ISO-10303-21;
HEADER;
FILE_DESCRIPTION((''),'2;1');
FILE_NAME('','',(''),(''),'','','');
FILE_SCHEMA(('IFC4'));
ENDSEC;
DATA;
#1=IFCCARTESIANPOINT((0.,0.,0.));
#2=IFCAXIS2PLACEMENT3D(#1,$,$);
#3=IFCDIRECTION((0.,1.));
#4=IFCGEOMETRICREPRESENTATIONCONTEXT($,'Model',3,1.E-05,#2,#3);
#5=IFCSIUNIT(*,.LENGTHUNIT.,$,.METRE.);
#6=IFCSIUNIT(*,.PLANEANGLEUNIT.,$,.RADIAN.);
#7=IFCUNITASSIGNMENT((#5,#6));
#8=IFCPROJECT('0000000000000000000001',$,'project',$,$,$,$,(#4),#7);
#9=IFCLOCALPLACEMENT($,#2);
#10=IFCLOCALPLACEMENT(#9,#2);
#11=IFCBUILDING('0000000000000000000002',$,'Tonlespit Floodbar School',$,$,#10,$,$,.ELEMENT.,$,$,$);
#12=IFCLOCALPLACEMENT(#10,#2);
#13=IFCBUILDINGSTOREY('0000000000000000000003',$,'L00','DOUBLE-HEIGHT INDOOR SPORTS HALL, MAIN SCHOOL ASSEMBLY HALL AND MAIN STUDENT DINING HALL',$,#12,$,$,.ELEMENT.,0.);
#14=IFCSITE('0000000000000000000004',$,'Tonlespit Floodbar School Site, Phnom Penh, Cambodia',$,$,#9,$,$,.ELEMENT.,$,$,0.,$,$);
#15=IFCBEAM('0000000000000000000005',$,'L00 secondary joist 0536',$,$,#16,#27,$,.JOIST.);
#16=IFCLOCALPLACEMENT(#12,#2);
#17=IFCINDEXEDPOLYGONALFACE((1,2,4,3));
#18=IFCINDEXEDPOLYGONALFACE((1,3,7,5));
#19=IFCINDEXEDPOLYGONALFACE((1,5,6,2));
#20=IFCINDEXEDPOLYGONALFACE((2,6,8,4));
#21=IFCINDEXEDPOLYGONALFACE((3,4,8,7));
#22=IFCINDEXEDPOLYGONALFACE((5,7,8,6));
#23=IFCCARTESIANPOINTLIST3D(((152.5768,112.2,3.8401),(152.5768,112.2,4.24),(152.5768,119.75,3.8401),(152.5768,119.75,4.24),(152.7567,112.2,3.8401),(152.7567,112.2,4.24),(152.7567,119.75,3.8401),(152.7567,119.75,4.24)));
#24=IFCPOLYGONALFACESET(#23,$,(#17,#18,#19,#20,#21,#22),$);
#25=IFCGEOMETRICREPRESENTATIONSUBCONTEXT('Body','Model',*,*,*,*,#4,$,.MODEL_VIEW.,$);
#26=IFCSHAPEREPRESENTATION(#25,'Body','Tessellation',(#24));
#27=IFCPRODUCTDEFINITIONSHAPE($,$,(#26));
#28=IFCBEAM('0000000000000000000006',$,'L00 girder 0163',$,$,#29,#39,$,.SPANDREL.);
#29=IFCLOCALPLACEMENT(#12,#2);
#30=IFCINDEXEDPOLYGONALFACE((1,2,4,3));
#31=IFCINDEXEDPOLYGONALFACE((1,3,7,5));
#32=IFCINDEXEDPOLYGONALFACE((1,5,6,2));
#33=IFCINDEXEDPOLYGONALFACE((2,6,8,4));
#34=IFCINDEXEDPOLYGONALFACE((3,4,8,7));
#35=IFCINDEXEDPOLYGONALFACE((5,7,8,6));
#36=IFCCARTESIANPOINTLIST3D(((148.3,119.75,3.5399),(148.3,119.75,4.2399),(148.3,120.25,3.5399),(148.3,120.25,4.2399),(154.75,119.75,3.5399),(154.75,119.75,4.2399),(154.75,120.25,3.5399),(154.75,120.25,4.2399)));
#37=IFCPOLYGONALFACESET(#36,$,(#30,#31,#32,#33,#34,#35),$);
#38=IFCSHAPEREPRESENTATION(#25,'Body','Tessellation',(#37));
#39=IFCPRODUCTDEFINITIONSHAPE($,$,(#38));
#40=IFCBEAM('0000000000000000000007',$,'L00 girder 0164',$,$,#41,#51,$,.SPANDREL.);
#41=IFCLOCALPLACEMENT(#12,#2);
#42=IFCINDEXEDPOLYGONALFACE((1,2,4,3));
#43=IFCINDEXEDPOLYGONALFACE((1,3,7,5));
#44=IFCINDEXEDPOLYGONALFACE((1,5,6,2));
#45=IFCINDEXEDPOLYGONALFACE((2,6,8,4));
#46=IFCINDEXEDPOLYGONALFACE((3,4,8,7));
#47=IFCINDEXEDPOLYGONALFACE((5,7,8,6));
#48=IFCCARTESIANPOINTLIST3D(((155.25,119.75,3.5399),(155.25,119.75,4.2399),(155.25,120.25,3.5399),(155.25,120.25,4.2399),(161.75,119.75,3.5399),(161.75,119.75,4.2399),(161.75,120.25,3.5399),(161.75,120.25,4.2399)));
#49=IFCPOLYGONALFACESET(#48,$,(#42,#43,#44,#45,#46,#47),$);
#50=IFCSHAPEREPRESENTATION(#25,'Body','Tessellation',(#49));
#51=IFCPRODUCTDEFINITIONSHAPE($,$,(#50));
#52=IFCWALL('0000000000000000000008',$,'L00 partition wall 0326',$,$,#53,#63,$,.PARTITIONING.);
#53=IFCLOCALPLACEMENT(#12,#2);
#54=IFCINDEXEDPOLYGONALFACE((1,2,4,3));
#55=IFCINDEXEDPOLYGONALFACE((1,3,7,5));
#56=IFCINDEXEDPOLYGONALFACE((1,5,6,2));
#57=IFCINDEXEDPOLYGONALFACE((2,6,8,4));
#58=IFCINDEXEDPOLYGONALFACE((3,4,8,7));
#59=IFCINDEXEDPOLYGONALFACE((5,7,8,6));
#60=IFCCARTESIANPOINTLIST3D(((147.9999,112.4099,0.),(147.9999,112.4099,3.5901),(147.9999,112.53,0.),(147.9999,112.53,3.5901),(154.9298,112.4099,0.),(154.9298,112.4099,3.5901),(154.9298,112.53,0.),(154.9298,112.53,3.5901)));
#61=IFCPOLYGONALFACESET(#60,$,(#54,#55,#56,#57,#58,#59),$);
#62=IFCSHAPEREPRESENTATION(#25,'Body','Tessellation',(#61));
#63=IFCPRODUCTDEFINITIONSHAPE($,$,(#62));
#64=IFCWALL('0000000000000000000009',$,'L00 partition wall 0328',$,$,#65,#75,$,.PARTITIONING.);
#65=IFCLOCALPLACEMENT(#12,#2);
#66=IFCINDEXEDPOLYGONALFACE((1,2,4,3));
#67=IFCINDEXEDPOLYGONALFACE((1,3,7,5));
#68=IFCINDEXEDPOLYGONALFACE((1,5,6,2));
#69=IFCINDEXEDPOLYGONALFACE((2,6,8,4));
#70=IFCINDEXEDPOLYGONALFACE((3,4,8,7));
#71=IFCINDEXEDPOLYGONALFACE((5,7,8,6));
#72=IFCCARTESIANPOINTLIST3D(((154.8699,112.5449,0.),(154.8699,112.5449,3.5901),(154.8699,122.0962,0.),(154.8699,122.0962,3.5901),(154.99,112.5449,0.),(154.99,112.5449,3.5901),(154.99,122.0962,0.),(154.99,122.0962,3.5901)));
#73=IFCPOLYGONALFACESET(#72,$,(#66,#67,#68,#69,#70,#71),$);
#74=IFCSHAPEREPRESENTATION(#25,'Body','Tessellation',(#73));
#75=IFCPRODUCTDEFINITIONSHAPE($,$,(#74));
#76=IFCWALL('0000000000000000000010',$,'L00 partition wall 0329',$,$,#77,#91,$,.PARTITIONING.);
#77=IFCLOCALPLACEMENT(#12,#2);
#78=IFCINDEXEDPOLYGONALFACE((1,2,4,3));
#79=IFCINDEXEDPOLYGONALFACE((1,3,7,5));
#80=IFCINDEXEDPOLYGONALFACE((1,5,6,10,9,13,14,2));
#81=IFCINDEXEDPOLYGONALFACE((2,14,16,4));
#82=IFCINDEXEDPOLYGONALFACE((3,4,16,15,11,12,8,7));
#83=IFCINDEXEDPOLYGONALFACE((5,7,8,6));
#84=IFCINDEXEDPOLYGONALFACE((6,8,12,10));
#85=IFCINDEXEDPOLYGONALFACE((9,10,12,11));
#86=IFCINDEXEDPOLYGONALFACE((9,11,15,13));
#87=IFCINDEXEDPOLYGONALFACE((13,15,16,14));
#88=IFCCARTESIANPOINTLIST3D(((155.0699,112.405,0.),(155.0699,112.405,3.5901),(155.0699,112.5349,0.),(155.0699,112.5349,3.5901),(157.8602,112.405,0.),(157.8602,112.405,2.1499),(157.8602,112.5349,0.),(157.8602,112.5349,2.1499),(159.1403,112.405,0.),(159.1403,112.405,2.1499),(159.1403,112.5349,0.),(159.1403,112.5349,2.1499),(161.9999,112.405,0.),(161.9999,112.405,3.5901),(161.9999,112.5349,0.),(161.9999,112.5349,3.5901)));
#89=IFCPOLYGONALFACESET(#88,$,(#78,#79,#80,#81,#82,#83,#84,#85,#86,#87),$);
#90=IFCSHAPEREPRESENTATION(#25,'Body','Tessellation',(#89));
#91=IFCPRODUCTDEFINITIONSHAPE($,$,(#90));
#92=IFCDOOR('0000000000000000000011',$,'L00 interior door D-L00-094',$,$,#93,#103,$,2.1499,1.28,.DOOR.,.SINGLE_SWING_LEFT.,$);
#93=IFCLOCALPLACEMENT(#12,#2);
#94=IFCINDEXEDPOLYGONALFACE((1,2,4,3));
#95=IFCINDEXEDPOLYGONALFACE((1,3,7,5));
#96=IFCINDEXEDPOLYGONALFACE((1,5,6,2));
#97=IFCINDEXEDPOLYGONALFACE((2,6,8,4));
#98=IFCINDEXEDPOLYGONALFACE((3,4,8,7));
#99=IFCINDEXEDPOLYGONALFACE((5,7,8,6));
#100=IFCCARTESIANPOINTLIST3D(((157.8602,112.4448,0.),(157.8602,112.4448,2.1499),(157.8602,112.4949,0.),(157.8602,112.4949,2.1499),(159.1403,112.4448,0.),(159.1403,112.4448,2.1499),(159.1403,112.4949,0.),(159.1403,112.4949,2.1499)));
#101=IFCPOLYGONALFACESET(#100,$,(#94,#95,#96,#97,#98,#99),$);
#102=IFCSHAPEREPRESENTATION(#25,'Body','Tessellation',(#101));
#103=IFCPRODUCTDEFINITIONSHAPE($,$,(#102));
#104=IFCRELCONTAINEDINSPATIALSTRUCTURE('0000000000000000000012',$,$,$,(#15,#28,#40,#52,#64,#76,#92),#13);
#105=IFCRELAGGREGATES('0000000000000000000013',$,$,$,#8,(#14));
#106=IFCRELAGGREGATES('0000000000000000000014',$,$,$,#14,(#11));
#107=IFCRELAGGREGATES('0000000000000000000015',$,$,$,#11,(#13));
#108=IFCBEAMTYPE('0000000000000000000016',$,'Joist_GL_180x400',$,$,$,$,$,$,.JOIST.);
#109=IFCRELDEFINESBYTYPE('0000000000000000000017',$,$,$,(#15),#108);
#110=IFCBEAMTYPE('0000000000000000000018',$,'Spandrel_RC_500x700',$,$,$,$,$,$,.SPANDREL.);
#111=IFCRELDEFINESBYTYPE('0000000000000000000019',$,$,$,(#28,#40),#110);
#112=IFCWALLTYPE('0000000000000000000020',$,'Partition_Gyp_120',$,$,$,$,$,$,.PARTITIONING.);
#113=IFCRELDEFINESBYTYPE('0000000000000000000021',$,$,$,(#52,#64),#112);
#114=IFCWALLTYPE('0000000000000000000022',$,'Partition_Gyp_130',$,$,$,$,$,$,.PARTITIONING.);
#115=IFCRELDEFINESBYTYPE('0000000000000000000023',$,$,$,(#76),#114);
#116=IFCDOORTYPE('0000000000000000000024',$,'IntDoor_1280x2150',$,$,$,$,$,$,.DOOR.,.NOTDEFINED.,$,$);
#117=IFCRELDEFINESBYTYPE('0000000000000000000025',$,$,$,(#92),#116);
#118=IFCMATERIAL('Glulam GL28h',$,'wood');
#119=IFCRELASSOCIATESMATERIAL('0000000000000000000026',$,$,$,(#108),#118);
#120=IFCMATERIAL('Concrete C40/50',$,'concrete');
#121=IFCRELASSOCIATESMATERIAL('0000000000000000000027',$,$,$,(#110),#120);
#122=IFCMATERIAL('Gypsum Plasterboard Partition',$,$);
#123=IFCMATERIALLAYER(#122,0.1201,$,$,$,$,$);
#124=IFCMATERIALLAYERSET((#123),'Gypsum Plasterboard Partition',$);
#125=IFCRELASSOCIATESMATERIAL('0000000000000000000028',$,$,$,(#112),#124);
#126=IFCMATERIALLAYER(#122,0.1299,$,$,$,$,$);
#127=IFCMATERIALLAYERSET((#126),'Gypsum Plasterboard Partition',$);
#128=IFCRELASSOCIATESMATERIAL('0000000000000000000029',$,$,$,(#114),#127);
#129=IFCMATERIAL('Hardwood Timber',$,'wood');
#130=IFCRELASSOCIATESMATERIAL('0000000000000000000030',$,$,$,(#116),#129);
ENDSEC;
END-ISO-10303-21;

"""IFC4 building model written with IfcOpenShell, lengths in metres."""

from ifc_helpers import new_model, si_unit, direction, frame, frame_2d, origin, origin_2d, place, context, subcontext, project, spatial, rectangle, extrude, material, layer, layer_set, material_profile, profile_set, type_object, element, fill, save


model = new_model("IFC4")

# Units and contexts
model_context = context("Model", 3, precision=1e-05, world=origin(), true_north=direction((0.0, 1.0)))
body_context = subcontext(model_context, "Body", "Model", "MODEL_VIEW")
ifc_project = project(units=[si_unit("LENGTHUNIT", "METRE"), si_unit("PLANEANGLEUNIT", "RADIAN")], contexts=[model_context])

# Site, building, storey
site_placement = place(None, origin())
site = spatial("IfcSite", under=ifc_project, at=site_placement, Name="Tonlespit Floodbar School Site, Phnom Penh, Cambodia", CompositionType="ELEMENT", RefElevation=0.0)
building_placement = place(site_placement, origin())
building = spatial("IfcBuilding", under=site, at=building_placement, Name="Tonlespit Floodbar School", CompositionType="ELEMENT")
storey_placement = place(building_placement, origin())
storey = spatial("IfcBuildingStorey", under=building, at=storey_placement, Name="L00", Description="DOUBLE-HEIGHT INDOOR SPORTS HALL, MAIN SCHOOL ASSEMBLY HALL AND MAIN STUDENT DINING HALL", CompositionType="ELEMENT", Elevation=0.0)

# Shared definitions
ifc_material_1 = material(Name="Concrete C40/50", Category="concrete")

# Beams
ifc_material_2 = material(Name="Glulam GL28h", Category="wood")
ifc_material_profile_1 = material_profile(ifc_material_2, rectangle(XDim=0.1799, YDim=0.3999, at=origin_2d()), Name="GL 180x400")
ifc_profile_set_1 = profile_set([ifc_material_profile_1], Name="Glulam GL28h")
beam_type_1 = type_object("IfcBeamType", Name="Joist_GL_180x400", PredefinedType="JOIST", material=ifc_profile_set_1)
for number, where, z_axis, x_axis, name in (
    (1, (152.6667, 112.2, 4.04), (0.0, 1.0, 0.0), (-1.0, 0.0, 0.0), "L00 secondary joist 0536"),
):
    element("IfcBeam", number, at=place(storey_placement, frame(where, z_axis=z_axis, x_axis=x_axis)), inside=storey, type_object=beam_type_1, Name=name, PredefinedType="JOIST", context=body_context, shape_type="SweptSolid", body=[
        extrude(rectangle(XDim=0.1799, YDim=0.3999, at=origin_2d()), origin(), (0.0, 0.0, 1.0), 7.55),
    ])
ifc_material_profile_2 = material_profile(ifc_material_1, rectangle(XDim=0.5, YDim=0.7, at=origin_2d()), Name="RC 500x700")
ifc_profile_set_2 = profile_set([ifc_material_profile_2], Name="Concrete C40/50")
beam_type_2 = type_object("IfcBeamType", Name="Spandrel_RC_500x700", PredefinedType="SPANDREL", material=ifc_profile_set_2)
beam_1_placement = place(storey_placement, frame((148.3, 120.0, 3.8899), z_axis=(1.0, 0.0, 0.0), x_axis=(0.0, 1.0, 0.0)))
element("IfcBeam", 2, at=beam_1_placement, inside=storey, type_object=beam_type_2, Name="L00 girder 0163", PredefinedType="SPANDREL", context=body_context, shape_type="SweptSolid", body=[
    extrude(rectangle(XDim=0.5, YDim=0.7, at=origin_2d()), origin(), (0.0, 0.0, 1.0), 6.45),
])
beam_2_placement = place(storey_placement, frame((155.25, 120.0, 3.8899), z_axis=(1.0, 0.0, 0.0), x_axis=(0.0, 1.0, 0.0)))
element("IfcBeam", 3, at=beam_2_placement, inside=storey, type_object=beam_type_2, Name="L00 girder 0164", PredefinedType="SPANDREL", context=body_context, shape_type="SweptSolid", body=[
    extrude(rectangle(XDim=0.5, YDim=0.7, at=origin_2d()), origin(), (0.0, 0.0, 1.0), 6.5),
])

# Walls
ifc_material_3 = material(Name="Gypsum Plasterboard Partition")
ifc_layer_1 = layer(ifc_material_3, 0.1201)
ifc_layer_set_1 = layer_set([ifc_layer_1], Name="Gypsum Plasterboard Partition")
wall_type_1 = type_object("IfcWallType", Name="Partition_Gyp_120", PredefinedType="PARTITIONING", material=ifc_layer_set_1)
wall_1_placement = place(storey_placement, frame((148.0, 112.47, 0.0), z_axis=(0.0, 0.0, 1.0), x_axis=(1.0, 0.0, 0.0)))
element("IfcWall", 4, at=wall_1_placement, inside=storey, type_object=wall_type_1, Name="L00 partition wall 0326", PredefinedType="PARTITIONING", context=body_context, shape_type="SweptSolid", body=[
    extrude(rectangle(XDim=6.9299, YDim=0.1201, at=frame_2d((3.4648, 0.0))), origin(), (0.0, 0.0, 1.0), 3.5901),
])
wall_2_placement = place(storey_placement, frame((154.9299, 112.5449, 0.0), z_axis=(0.0, 0.0, 1.0), x_axis=(0.0, 1.0, 0.0)))
element("IfcWall", 5, at=wall_2_placement, inside=storey, type_object=wall_type_1, Name="L00 partition wall 0328", PredefinedType="PARTITIONING", context=body_context, shape_type="SweptSolid", body=[
    extrude(rectangle(XDim=9.5513, YDim=0.1201, at=frame_2d((4.7756, 0.0))), origin(), (0.0, 0.0, 1.0), 3.5901),
])

# Wall, opening, door
ifc_layer_2 = layer(ifc_material_3, 0.1299)
ifc_layer_set_2 = layer_set([ifc_layer_2], Name="Gypsum Plasterboard Partition")
wall_type_2 = type_object("IfcWallType", Name="Partition_Gyp_130", PredefinedType="PARTITIONING", material=ifc_layer_set_2)
wall_3_placement = place(storey_placement, frame((155.0701, 112.47, 0.0), z_axis=(0.0, 0.0, 1.0), x_axis=(1.0, 0.0, 0.0)))
wall_3 = element("IfcWall", 6, at=wall_3_placement, inside=storey, type_object=wall_type_2, Name="L00 partition wall 0329", PredefinedType="PARTITIONING", context=body_context, shape_type="SweptSolid", body=[
    extrude(rectangle(XDim=6.9299, YDim=0.1299, at=frame_2d((3.4648, 0.0))), origin(), (0.0, 0.0, 1.0), 3.5901),
])
opening_placement = place(wall_3_placement, frame((2.79, 0.0, 0.0)))
opening = element("IfcOpeningElement", 7, at=opening_placement, cuts=wall_3, PredefinedType="OPENING", context=body_context, shape_type="SweptSolid", body=[
    extrude(rectangle(XDim=1.28, YDim=2.1499, at=frame_2d((0.6401, 1.075))), frame((0.0, 0.075, 0.0), z_axis=(0.0, -1.0, 0.0), x_axis=(1.0, 0.0, 0.0)), (0.0, 0.0, 1.0), 0.1499),
])
ifc_material_4 = material(Name="Hardwood Timber", Category="wood")
door_type = type_object("IfcDoorType", Name="IntDoor_1280x2150", OperationType="NOTDEFINED", PredefinedType="DOOR", material=ifc_material_4)
door_placement = place(opening_placement, origin())
door = element("IfcDoor", 8, at=door_placement, inside=storey, type_object=door_type, Name="L00 interior door D-L00-094", OperationType="SINGLE_SWING_LEFT", OverallHeight=2.1499, OverallWidth=1.28, PredefinedType="DOOR", context=body_context, shape_type="SweptSolid", body=[
    extrude(rectangle(XDim=1.28, YDim=2.1499, at=frame_2d((0.6401, 1.075))), frame((0.0, 0.0249, 0.0), z_axis=(0.0, -1.0, 0.0), x_axis=(1.0, 0.0, 0.0)), (0.0, 0.0, 1.0), 0.05),
])
fill(opening, door)

save(model, "model.ifc")
